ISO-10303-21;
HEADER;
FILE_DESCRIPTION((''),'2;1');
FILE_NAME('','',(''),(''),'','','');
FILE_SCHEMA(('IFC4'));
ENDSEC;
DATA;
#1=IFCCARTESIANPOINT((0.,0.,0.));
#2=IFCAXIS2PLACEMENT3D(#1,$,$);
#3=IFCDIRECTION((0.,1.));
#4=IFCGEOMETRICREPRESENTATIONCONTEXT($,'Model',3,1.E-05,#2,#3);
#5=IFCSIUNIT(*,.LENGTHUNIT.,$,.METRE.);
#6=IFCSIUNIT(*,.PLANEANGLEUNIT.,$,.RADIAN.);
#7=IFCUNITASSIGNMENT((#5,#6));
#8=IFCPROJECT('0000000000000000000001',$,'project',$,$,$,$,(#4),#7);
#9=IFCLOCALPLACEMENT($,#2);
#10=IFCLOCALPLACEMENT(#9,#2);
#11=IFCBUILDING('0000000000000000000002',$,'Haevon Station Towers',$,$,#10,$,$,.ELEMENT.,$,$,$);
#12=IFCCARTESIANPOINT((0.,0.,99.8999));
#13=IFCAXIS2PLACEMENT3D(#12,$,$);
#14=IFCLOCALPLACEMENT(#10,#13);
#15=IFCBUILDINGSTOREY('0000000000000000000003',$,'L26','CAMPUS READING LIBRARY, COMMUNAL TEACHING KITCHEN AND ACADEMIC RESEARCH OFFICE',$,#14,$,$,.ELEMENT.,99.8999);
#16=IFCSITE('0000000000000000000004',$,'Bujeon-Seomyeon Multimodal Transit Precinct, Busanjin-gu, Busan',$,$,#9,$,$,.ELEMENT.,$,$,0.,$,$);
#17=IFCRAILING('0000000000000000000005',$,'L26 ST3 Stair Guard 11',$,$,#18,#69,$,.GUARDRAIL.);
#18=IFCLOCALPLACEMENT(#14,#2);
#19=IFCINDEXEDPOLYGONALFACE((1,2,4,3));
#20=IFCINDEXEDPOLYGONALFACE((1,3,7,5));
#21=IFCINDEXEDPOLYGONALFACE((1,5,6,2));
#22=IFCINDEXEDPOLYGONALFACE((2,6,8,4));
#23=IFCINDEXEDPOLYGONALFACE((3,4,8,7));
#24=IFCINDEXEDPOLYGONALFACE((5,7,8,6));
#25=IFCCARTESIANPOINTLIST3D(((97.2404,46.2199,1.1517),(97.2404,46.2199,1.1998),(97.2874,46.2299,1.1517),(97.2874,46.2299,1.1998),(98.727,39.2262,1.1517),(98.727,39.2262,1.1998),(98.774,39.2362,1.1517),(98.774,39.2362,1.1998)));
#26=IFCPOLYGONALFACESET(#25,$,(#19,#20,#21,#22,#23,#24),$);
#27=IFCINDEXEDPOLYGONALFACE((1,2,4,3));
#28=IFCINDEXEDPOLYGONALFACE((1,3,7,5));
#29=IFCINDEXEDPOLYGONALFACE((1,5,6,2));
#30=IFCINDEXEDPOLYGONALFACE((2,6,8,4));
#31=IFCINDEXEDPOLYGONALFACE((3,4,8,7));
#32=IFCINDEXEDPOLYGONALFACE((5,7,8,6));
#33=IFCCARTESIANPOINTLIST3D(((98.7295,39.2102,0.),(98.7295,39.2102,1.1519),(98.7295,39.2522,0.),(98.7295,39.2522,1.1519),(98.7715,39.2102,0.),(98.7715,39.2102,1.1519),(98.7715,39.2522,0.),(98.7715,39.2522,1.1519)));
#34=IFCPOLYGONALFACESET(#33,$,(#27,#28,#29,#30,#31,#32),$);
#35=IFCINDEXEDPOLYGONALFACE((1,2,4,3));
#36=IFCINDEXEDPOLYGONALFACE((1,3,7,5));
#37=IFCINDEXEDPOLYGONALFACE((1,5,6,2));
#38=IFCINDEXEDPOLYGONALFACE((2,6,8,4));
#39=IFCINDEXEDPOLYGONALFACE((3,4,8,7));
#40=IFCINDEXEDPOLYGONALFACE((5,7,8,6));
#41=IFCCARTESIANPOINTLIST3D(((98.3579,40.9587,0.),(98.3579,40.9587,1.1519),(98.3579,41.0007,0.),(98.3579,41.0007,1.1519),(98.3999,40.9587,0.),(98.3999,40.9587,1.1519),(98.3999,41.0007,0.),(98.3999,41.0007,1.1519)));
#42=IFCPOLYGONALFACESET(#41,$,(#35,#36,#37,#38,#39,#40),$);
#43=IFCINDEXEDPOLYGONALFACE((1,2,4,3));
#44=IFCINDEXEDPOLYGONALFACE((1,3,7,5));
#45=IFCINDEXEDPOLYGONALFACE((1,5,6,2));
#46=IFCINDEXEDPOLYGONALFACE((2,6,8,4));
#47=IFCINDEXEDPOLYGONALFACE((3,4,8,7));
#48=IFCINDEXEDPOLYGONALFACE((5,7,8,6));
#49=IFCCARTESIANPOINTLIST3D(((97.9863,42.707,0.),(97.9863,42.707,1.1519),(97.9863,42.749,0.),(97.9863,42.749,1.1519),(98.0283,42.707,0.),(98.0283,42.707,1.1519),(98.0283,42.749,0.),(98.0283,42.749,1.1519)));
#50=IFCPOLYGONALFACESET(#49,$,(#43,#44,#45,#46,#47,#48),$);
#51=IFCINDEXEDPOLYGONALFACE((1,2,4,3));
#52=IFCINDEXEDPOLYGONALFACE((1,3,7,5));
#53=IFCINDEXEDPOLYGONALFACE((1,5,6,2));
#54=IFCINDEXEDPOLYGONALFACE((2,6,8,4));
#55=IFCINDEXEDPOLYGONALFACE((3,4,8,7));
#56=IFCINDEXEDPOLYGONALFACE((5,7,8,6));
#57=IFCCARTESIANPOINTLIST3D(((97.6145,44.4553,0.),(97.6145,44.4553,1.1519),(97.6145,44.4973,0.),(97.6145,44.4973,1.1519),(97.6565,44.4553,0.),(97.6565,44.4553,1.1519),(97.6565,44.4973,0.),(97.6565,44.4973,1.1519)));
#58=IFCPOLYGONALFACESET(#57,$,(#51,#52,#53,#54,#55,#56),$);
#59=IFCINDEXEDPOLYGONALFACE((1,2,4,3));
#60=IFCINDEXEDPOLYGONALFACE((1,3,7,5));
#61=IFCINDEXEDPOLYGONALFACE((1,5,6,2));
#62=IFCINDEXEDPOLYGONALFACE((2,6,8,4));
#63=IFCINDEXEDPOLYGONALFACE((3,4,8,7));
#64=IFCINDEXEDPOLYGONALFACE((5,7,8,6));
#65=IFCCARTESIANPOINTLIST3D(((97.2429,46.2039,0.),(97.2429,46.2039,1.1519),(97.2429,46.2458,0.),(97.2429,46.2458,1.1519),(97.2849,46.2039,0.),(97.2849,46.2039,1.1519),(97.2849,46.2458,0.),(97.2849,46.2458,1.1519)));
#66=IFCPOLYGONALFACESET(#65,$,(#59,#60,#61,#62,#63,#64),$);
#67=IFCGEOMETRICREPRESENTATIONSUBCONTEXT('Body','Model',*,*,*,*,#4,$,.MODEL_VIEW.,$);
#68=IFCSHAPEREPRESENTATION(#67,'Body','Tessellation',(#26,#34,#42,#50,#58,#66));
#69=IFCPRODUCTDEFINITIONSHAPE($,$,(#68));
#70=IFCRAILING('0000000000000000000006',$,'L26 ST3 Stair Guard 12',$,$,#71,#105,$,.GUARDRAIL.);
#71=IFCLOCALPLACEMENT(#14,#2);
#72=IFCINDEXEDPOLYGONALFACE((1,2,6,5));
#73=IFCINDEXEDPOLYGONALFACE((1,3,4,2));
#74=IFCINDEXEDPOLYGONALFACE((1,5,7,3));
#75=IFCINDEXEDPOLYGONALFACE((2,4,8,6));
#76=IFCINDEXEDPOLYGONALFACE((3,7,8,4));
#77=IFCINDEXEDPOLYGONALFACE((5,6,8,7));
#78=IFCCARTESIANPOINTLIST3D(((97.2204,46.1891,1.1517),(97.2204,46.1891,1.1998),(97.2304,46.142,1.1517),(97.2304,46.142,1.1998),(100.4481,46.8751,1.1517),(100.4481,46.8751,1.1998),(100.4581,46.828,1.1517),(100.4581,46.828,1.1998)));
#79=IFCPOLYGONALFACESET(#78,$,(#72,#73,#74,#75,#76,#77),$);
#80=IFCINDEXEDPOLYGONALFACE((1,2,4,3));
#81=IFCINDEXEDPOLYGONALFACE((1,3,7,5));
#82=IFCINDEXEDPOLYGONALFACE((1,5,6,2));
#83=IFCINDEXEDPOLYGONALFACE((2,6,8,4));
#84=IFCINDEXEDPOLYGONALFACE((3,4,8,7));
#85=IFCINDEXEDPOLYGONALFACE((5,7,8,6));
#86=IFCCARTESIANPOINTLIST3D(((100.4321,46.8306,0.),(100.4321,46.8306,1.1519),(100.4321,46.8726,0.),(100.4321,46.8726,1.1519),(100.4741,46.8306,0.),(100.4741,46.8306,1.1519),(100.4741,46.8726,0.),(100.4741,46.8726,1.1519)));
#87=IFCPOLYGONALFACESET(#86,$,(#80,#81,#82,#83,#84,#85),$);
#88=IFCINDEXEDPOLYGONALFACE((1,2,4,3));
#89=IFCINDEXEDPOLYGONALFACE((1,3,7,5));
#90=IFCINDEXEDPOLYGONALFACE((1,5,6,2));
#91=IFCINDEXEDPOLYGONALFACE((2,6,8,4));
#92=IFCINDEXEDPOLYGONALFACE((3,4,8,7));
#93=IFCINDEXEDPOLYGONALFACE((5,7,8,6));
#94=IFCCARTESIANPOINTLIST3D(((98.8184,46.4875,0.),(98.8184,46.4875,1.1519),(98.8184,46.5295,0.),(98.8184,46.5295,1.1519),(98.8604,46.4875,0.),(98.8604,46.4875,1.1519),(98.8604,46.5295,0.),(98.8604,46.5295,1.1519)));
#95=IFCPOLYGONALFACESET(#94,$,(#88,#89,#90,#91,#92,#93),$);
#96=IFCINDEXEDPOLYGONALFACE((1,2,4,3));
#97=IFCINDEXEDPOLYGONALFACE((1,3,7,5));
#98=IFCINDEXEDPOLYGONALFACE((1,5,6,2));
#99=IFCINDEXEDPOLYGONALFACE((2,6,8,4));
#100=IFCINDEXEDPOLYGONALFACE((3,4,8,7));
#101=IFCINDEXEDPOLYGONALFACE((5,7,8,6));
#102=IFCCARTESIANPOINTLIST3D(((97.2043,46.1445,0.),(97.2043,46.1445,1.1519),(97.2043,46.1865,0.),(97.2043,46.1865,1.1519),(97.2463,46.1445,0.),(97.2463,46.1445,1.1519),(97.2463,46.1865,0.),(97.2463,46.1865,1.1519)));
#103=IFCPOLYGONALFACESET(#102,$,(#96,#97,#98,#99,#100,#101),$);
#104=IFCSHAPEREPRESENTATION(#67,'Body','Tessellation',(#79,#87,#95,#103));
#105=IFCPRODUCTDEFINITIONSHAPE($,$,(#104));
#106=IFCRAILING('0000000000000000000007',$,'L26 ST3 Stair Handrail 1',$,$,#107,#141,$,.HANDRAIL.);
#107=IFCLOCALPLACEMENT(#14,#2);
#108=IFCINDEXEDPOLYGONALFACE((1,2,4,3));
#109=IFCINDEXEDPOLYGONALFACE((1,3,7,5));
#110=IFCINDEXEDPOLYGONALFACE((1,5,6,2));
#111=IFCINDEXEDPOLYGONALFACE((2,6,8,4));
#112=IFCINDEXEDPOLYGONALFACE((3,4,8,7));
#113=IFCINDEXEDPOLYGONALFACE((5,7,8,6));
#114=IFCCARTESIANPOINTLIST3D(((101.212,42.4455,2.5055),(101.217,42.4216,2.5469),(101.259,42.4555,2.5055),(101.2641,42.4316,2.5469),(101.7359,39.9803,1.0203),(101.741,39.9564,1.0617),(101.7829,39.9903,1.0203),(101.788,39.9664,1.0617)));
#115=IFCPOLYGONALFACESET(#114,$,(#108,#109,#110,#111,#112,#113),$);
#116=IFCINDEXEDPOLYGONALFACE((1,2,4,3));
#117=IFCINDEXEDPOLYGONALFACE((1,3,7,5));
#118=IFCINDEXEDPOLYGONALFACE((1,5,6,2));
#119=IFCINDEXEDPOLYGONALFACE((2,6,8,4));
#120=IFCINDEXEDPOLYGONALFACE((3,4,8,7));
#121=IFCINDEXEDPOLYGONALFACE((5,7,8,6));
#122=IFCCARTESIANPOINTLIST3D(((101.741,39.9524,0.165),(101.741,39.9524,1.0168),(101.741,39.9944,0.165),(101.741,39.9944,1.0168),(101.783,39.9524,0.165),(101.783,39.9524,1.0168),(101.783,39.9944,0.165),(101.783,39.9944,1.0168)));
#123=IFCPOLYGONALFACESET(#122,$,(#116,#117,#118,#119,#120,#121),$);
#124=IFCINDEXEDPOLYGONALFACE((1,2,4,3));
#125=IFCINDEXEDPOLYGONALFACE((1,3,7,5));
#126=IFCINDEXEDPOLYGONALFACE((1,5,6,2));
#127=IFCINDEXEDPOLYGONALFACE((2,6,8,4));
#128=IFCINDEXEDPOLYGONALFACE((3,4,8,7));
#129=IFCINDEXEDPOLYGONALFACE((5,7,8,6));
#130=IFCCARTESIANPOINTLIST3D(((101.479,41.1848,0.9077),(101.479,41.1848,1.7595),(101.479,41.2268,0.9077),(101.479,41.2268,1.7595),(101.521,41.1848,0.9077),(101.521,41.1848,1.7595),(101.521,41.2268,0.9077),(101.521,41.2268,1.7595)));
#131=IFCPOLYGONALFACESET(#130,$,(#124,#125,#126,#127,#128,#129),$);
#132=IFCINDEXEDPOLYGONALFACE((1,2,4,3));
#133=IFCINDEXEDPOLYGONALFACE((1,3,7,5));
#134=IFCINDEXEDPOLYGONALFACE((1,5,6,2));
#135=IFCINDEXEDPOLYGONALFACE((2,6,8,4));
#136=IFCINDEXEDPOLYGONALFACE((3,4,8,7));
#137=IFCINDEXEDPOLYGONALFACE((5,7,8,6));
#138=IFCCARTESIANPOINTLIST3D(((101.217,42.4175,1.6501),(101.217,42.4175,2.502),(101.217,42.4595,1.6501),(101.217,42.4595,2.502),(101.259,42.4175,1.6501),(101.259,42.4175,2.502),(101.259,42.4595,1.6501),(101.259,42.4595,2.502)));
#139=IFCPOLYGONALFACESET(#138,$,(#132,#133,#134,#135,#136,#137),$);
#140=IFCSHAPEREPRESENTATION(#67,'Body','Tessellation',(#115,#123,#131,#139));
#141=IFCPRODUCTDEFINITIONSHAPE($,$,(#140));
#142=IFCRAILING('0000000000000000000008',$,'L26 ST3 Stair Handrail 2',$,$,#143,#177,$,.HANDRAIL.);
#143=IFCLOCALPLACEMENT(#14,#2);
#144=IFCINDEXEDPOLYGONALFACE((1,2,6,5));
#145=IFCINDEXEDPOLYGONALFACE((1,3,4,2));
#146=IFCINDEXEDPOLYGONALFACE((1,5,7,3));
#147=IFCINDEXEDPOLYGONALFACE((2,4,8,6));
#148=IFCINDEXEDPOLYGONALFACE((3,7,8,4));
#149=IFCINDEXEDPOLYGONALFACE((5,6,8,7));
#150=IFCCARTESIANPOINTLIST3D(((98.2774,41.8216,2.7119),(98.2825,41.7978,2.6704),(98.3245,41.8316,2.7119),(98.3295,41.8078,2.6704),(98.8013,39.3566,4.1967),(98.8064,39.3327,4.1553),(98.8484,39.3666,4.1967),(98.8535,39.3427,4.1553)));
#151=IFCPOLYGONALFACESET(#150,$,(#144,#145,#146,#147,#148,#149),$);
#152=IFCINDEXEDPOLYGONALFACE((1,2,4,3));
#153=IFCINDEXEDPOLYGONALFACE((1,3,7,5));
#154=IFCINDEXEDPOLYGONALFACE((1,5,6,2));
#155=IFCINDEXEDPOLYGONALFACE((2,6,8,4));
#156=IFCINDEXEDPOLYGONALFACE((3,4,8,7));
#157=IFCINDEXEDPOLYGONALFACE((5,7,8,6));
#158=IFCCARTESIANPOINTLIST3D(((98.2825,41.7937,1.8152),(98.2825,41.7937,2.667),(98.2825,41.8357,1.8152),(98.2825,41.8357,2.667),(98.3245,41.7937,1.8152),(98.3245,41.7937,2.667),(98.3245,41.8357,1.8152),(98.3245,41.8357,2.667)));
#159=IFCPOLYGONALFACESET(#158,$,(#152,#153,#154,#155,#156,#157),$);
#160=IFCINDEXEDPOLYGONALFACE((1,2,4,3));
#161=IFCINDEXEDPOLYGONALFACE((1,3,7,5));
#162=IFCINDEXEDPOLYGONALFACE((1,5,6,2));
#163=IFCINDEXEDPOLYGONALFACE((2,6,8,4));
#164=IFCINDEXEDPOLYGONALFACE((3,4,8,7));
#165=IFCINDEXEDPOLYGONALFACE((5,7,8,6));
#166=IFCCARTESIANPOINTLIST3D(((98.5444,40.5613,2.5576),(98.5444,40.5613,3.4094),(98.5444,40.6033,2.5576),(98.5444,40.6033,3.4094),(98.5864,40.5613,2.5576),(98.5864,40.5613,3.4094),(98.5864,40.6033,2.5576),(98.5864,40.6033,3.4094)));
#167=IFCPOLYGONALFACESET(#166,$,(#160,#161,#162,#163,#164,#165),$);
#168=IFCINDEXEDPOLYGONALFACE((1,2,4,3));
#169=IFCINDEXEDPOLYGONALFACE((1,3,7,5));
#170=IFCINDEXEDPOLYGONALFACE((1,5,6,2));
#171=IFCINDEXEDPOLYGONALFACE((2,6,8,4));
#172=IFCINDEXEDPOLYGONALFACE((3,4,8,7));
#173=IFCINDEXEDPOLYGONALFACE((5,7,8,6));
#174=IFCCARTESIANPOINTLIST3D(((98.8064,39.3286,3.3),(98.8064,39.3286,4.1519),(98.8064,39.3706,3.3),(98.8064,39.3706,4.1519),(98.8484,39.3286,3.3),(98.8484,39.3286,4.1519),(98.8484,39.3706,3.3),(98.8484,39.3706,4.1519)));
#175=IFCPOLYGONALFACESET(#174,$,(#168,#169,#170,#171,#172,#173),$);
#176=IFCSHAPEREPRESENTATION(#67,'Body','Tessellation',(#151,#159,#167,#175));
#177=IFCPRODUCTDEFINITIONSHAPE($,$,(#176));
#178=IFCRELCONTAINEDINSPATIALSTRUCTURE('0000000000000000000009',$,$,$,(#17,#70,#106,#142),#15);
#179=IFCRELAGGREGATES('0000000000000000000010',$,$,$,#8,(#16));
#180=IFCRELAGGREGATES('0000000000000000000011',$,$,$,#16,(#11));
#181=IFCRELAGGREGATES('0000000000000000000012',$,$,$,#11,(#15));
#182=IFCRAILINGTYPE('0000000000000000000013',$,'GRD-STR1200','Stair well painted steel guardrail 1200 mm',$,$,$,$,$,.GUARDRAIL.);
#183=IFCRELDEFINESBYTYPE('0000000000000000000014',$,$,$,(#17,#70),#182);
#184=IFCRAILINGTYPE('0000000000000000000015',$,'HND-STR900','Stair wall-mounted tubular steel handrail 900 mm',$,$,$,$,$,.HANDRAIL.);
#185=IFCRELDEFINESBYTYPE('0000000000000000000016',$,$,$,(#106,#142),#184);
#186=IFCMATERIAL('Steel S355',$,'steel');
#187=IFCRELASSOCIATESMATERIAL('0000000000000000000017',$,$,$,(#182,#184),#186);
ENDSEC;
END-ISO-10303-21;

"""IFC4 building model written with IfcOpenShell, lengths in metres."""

from ifc_helpers import new_model, si_unit, direction, frame, origin, origin_2d, place, context, subcontext, project, spatial, rectangle, extrude, material, type_object, element, save


model = new_model("IFC4")

# Units and contexts
model_context = context("Model", 3, precision=1e-05, world=origin(), true_north=direction((0.0, 1.0)))
body_context = subcontext(model_context, "Body", "Model", "MODEL_VIEW")
ifc_project = project(units=[si_unit("LENGTHUNIT", "METRE"), si_unit("PLANEANGLEUNIT", "RADIAN")], contexts=[model_context])

# Site, building, storey
site_placement = place(None, origin())
site = spatial("IfcSite", under=ifc_project, at=site_placement, Name="Bujeon-Seomyeon Multimodal Transit Precinct, Busanjin-gu, Busan", CompositionType="ELEMENT", RefElevation=0.0)
building_placement = place(site_placement, origin())
building = spatial("IfcBuilding", under=site, at=building_placement, Name="Haevon Station Towers", CompositionType="ELEMENT")
storey_placement = place(building_placement, frame((0.0, 0.0, 99.8999)))
storey = spatial("IfcBuildingStorey", under=building, at=storey_placement, Name="L26", Description="CAMPUS READING LIBRARY, COMMUNAL TEACHING KITCHEN AND ACADEMIC RESEARCH OFFICE", CompositionType="ELEMENT", Elevation=99.8999)

# Shared definitions
ifc_material_1 = material(Name="Steel S355", Category="steel")

# Railings
railing_type_1 = type_object("IfcRailingType", Name="GRD-STR1200", Description="Stair well painted steel guardrail 1200 mm", PredefinedType="GUARDRAIL", material=ifc_material_1)
railing_1_placement = place(storey_placement, frame((98.7505, 39.2312, 0.0)))
element("IfcRailing", 1, at=railing_1_placement, inside=storey, type_object=railing_type_1, Name="L26 ST3 Stair Guard 11", PredefinedType="GUARDRAIL", context=body_context, shape_type="SweptSolid", body=[
    extrude(rectangle(XDim=0.0481, YDim=0.0481, at=origin_2d()), frame((0.0, 0.0, 1.1758), z_axis=(-0.207915, 0.978147, 0.0), x_axis=(-0.978147, -0.207915, 0.0)), (0.0, 0.0, 1.0), 7.1499),
    extrude(rectangle(XDim=0.042, YDim=0.042, at=origin_2d()), origin(), (0.0, 0.0, 1.0), 1.1519),
    extrude(rectangle(XDim=0.042, YDim=0.042, at=origin_2d()), frame((-0.3716, 1.7485, 0.0)), (0.0, 0.0, 1.0), 1.1519),
    extrude(rectangle(XDim=0.042, YDim=0.042, at=origin_2d()), frame((-0.7432, 3.4968, 0.0)), (0.0, 0.0, 1.0), 1.1519),
    extrude(rectangle(XDim=0.042, YDim=0.042, at=origin_2d()), frame((-1.115, 5.2451, 0.0)), (0.0, 0.0, 1.0), 1.1519),
    extrude(rectangle(XDim=0.042, YDim=0.042, at=origin_2d()), frame((-1.4866, 6.9937, 0.0)), (0.0, 0.0, 1.0), 1.1519),
])
railing_2_placement = place(storey_placement, frame((100.4531, 46.8516, 0.0)))
element("IfcRailing", 2, at=railing_2_placement, inside=storey, type_object=railing_type_1, Name="L26 ST3 Stair Guard 12", PredefinedType="GUARDRAIL", context=body_context, shape_type="SweptSolid", body=[
    extrude(rectangle(XDim=0.0481, YDim=0.0481, at=origin_2d()), frame((0.0, 0.0, 1.1758), z_axis=(-0.978151, -0.207897, 0.0), x_axis=(0.207897, -0.978151, 0.0)), (0.0, 0.0, 1.0), 3.2998),
    extrude(rectangle(XDim=0.042, YDim=0.042, at=origin_2d()), origin(), (0.0, 0.0, 1.0), 1.1519),
    extrude(rectangle(XDim=0.042, YDim=0.042, at=origin_2d()), frame((-1.6138, -0.343, 0.0)), (0.0, 0.0, 1.0), 1.1519),
    extrude(rectangle(XDim=0.042, YDim=0.042, at=origin_2d()), frame((-3.2278, -0.686, 0.0)), (0.0, 0.0, 1.0), 1.1519),
])
railing_type_2 = type_object("IfcRailingType", Name="HND-STR900", Description="Stair wall-mounted tubular steel handrail 900 mm", PredefinedType="HANDRAIL", material=ifc_material_1)
railing_3_placement = place(storey_placement, frame((101.762, 39.9734, 0.165)))
element("IfcRailing", 3, at=railing_3_placement, inside=storey, type_object=railing_type_2, Name="L26 ST3 Stair Handrail 1", PredefinedType="HANDRAIL", context=body_context, shape_type="SweptSolid", body=[
    extrude(rectangle(XDim=0.0481, YDim=0.0481, at=origin_2d()), frame((0.0, 0.0, 0.876), z_axis=(-0.179109, 0.842712, 0.507697), x_axis=(-0.978151, -0.207895, 0.0)), (0.0, 0.0, 1.0), 2.9253),
    extrude(rectangle(XDim=0.042, YDim=0.042, at=origin_2d()), origin(), (0.0, 0.0, 1.0), 0.8518),
    extrude(rectangle(XDim=0.042, YDim=0.042, at=origin_2d()), frame((-0.262, 1.2324, 0.7427)), (0.0, 0.0, 1.0), 0.8518),
    extrude(rectangle(XDim=0.042, YDim=0.042, at=origin_2d()), frame((-0.5239, 2.4651, 1.4851)), (0.0, 0.0, 1.0), 0.8518),
])
railing_4_placement = place(storey_placement, frame((98.3035, 41.8147, 1.8152)))
element("IfcRailing", 4, at=railing_4_placement, inside=storey, type_object=railing_type_2, Name="L26 ST3 Stair Handrail 2", PredefinedType="HANDRAIL", context=body_context, shape_type="SweptSolid", body=[
    extrude(rectangle(XDim=0.0481, YDim=0.0481, at=origin_2d()), frame((0.0, 0.0, 0.876), z_axis=(0.179116, -0.842748, 0.507635), x_axis=(0.978151, 0.207895, 0.0)), (0.0, 0.0, 1.0), 2.925),
    extrude(rectangle(XDim=0.042, YDim=0.042, at=origin_2d()), origin(), (0.0, 0.0, 1.0), 0.8518),
    extrude(rectangle(XDim=0.042, YDim=0.042, at=origin_2d()), frame((0.262, -1.2324, 0.7424)), (0.0, 0.0, 1.0), 0.8518),
    extrude(rectangle(XDim=0.042, YDim=0.042, at=origin_2d()), frame((0.5239, -2.4651, 1.4849)), (0.0, 0.0, 1.0), 0.8518),
])

save(model, "model.ifc")
